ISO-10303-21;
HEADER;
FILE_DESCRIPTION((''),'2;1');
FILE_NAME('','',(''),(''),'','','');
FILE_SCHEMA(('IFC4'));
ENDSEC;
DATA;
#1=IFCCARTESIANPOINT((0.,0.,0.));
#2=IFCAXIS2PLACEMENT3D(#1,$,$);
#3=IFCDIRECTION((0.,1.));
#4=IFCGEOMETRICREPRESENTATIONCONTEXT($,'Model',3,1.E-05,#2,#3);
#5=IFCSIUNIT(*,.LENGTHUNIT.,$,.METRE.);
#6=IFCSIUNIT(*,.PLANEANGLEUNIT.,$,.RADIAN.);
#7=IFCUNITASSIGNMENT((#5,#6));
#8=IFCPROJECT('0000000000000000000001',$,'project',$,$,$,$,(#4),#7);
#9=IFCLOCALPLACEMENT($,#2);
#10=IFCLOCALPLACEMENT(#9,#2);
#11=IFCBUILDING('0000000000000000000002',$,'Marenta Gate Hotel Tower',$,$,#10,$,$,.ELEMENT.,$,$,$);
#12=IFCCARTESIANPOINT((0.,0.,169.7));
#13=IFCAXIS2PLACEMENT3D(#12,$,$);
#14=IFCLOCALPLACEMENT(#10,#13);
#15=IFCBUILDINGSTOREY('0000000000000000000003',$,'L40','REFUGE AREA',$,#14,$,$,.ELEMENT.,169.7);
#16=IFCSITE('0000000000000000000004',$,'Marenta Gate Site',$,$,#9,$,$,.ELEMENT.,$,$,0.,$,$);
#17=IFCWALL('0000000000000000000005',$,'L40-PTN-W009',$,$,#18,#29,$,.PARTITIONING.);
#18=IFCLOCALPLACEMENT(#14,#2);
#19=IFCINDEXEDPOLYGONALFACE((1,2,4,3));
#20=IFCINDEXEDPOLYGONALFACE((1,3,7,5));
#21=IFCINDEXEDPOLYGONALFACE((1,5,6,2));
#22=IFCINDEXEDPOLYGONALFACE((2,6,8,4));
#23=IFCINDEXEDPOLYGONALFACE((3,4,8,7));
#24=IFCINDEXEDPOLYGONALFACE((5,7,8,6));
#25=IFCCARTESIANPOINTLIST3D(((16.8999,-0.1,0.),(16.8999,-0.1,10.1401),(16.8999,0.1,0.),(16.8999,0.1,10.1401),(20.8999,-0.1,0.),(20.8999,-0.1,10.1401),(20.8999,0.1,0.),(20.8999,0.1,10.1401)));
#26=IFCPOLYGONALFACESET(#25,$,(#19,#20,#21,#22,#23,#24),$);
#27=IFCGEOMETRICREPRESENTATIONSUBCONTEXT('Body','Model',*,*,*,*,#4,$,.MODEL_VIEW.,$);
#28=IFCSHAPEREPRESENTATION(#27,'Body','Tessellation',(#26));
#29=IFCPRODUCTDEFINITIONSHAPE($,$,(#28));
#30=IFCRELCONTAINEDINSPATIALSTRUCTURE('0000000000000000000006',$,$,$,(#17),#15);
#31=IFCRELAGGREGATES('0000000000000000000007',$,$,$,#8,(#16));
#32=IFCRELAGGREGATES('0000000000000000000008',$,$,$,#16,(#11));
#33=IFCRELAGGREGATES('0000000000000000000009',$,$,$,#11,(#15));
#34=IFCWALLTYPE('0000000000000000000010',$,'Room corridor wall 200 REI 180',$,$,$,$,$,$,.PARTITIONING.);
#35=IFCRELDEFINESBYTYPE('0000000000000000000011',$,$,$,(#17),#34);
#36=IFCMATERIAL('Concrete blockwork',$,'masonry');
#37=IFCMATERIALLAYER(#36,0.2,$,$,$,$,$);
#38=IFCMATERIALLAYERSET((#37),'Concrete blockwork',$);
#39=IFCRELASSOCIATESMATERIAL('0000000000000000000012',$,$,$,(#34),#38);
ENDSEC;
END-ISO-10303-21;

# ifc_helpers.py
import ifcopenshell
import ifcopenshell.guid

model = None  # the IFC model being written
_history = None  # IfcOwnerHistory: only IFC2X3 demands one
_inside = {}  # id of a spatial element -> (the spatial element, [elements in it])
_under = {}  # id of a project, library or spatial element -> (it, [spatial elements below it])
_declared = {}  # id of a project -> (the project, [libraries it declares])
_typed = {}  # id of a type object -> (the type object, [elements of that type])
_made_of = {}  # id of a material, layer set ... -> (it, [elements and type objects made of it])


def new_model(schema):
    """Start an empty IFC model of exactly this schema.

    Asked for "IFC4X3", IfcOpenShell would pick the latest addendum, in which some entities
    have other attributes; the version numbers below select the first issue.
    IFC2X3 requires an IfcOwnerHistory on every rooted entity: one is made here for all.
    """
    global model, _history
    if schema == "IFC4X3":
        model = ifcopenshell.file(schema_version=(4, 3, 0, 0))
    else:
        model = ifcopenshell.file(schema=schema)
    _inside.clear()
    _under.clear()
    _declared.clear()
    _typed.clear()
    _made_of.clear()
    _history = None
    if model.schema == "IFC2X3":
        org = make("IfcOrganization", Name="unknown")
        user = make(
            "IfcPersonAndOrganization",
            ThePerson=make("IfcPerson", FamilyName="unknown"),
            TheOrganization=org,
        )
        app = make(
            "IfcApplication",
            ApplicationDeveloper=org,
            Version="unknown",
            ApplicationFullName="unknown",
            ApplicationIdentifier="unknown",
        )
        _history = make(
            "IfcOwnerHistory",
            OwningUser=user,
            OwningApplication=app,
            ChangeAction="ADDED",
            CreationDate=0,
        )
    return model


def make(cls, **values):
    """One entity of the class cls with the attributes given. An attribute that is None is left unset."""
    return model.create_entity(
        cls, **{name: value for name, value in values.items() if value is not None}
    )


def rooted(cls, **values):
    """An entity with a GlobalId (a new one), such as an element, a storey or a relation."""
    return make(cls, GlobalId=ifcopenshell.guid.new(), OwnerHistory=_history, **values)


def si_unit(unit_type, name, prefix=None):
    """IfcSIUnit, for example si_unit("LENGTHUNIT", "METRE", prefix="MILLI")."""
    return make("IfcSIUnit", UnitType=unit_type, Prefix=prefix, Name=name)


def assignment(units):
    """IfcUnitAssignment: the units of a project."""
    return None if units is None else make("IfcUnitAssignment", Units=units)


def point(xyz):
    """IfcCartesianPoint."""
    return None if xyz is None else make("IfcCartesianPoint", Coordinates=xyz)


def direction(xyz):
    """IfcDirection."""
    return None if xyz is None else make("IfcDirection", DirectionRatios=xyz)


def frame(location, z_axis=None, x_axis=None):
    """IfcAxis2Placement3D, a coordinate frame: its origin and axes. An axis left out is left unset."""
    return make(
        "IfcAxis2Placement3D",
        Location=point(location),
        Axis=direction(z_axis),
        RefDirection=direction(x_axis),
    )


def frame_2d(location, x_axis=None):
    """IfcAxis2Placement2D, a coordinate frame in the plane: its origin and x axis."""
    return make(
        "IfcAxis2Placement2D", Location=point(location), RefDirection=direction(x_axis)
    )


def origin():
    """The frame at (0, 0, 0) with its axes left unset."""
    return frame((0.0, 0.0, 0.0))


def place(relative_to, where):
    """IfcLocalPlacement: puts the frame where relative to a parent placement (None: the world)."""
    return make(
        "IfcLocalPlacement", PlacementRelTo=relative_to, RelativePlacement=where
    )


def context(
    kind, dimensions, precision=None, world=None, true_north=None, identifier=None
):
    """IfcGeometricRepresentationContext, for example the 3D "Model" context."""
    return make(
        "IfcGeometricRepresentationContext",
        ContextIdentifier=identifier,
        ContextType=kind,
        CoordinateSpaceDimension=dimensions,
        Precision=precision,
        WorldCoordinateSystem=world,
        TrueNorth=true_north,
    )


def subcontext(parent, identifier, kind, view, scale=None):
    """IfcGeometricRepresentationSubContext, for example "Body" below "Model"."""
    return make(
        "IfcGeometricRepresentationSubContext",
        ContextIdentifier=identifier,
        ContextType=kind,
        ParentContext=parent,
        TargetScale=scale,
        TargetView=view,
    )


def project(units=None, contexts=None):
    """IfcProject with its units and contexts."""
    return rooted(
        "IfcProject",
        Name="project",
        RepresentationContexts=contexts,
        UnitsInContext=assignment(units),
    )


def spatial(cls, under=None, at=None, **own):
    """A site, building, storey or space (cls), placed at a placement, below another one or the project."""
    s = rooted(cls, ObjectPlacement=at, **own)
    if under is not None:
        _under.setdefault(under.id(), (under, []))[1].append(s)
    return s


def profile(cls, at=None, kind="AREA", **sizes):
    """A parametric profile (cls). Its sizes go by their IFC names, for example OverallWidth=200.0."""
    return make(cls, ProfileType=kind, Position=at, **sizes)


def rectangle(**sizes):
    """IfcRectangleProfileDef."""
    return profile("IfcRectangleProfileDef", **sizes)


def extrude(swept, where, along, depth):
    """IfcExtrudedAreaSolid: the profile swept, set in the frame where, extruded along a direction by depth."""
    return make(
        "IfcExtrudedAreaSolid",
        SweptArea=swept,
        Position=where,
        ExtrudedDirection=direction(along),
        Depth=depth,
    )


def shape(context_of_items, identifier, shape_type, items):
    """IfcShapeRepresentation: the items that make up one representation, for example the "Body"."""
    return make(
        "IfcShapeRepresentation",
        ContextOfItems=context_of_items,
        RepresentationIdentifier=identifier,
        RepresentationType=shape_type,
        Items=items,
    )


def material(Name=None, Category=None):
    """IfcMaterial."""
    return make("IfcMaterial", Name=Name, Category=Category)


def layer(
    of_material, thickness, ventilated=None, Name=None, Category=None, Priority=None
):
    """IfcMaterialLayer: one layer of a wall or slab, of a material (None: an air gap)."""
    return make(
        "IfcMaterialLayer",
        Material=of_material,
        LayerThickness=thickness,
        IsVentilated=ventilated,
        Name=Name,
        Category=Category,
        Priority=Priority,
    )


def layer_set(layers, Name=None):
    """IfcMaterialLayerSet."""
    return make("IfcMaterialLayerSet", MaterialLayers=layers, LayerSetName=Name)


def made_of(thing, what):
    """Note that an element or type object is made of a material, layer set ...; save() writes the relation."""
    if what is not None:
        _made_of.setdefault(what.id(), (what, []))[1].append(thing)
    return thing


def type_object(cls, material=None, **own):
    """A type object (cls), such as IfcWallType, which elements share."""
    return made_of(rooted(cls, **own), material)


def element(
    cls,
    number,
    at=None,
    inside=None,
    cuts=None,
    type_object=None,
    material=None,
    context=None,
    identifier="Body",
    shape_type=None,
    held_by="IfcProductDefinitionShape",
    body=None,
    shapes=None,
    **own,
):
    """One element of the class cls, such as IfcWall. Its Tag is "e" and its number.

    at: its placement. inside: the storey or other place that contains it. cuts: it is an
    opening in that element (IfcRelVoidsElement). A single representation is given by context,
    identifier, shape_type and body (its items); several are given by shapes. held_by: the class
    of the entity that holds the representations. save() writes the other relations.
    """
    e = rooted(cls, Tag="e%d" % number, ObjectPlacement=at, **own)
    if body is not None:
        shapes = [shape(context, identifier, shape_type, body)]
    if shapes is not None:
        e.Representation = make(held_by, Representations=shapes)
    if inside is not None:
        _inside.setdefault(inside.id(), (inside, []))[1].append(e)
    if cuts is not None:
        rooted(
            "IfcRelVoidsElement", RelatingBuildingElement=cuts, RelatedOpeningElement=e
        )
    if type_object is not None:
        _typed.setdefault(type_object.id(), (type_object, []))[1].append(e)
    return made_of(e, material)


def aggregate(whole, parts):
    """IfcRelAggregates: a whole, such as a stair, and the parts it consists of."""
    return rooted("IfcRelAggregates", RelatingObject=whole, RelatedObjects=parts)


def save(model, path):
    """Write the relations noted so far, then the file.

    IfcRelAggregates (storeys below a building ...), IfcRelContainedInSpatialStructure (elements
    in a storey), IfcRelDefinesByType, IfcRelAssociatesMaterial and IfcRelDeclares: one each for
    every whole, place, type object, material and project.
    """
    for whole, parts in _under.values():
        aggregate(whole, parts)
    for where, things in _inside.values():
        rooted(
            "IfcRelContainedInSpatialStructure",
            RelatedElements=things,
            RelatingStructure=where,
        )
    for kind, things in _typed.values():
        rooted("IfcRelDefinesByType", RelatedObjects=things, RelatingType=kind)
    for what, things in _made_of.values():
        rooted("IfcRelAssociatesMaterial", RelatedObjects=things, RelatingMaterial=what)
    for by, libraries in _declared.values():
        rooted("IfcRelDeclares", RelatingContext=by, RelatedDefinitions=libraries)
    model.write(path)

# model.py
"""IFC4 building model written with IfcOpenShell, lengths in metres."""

from ifc_helpers import new_model, si_unit, direction, frame, frame_2d, origin, place, context, subcontext, project, spatial, rectangle, extrude, material, layer, layer_set, type_object, element, save


model = new_model("IFC4")

# Units and contexts
model_context = context("Model", 3, precision=1e-05, world=origin(), true_north=direction((0.0, 1.0)))
body_context = subcontext(model_context, "Body", "Model", "MODEL_VIEW")
ifc_project = project(units=[si_unit("LENGTHUNIT", "METRE"), si_unit("PLANEANGLEUNIT", "RADIAN")], contexts=[model_context])

# Site, building, storey
site_placement = place(None, origin())
site = spatial("IfcSite", under=ifc_project, at=site_placement, Name="Marenta Gate Site", CompositionType="ELEMENT", RefElevation=0.0)
building_placement = place(site_placement, origin())
building = spatial("IfcBuilding", under=site, at=building_placement, Name="Marenta Gate Hotel Tower", CompositionType="ELEMENT")
storey_placement = place(building_placement, frame((0.0, 0.0, 169.7)))
storey = spatial("IfcBuildingStorey", under=building, at=storey_placement, Name="L40", Description="REFUGE AREA", CompositionType="ELEMENT", Elevation=169.7)

# Wall
ifc_material_1 = material(Name="Concrete blockwork", Category="masonry")
ifc_layer_1 = layer(ifc_material_1, 0.2)
ifc_layer_set_1 = layer_set([ifc_layer_1], Name="Concrete blockwork")
wall_type_1 = type_object("IfcWallType", Name="Room corridor wall 200 REI 180", PredefinedType="PARTITIONING", material=ifc_layer_set_1)
wall_1_placement = place(storey_placement, frame((16.8999, 0.0, 0.0), z_axis=(0.0, 0.0, 1.0), x_axis=(1.0, 0.0, 0.0)))
element("IfcWall", 1, at=wall_1_placement, inside=storey, type_object=wall_type_1, Name="L40-PTN-W009", PredefinedType="PARTITIONING", context=body_context, shape_type="SweptSolid", body=[
    extrude(rectangle(XDim=4.0, YDim=0.2, at=frame_2d((2.0, 0.0))), origin(), (0.0, 0.0, 1.0), 10.1401),
])

save(model, "model.ifc")
